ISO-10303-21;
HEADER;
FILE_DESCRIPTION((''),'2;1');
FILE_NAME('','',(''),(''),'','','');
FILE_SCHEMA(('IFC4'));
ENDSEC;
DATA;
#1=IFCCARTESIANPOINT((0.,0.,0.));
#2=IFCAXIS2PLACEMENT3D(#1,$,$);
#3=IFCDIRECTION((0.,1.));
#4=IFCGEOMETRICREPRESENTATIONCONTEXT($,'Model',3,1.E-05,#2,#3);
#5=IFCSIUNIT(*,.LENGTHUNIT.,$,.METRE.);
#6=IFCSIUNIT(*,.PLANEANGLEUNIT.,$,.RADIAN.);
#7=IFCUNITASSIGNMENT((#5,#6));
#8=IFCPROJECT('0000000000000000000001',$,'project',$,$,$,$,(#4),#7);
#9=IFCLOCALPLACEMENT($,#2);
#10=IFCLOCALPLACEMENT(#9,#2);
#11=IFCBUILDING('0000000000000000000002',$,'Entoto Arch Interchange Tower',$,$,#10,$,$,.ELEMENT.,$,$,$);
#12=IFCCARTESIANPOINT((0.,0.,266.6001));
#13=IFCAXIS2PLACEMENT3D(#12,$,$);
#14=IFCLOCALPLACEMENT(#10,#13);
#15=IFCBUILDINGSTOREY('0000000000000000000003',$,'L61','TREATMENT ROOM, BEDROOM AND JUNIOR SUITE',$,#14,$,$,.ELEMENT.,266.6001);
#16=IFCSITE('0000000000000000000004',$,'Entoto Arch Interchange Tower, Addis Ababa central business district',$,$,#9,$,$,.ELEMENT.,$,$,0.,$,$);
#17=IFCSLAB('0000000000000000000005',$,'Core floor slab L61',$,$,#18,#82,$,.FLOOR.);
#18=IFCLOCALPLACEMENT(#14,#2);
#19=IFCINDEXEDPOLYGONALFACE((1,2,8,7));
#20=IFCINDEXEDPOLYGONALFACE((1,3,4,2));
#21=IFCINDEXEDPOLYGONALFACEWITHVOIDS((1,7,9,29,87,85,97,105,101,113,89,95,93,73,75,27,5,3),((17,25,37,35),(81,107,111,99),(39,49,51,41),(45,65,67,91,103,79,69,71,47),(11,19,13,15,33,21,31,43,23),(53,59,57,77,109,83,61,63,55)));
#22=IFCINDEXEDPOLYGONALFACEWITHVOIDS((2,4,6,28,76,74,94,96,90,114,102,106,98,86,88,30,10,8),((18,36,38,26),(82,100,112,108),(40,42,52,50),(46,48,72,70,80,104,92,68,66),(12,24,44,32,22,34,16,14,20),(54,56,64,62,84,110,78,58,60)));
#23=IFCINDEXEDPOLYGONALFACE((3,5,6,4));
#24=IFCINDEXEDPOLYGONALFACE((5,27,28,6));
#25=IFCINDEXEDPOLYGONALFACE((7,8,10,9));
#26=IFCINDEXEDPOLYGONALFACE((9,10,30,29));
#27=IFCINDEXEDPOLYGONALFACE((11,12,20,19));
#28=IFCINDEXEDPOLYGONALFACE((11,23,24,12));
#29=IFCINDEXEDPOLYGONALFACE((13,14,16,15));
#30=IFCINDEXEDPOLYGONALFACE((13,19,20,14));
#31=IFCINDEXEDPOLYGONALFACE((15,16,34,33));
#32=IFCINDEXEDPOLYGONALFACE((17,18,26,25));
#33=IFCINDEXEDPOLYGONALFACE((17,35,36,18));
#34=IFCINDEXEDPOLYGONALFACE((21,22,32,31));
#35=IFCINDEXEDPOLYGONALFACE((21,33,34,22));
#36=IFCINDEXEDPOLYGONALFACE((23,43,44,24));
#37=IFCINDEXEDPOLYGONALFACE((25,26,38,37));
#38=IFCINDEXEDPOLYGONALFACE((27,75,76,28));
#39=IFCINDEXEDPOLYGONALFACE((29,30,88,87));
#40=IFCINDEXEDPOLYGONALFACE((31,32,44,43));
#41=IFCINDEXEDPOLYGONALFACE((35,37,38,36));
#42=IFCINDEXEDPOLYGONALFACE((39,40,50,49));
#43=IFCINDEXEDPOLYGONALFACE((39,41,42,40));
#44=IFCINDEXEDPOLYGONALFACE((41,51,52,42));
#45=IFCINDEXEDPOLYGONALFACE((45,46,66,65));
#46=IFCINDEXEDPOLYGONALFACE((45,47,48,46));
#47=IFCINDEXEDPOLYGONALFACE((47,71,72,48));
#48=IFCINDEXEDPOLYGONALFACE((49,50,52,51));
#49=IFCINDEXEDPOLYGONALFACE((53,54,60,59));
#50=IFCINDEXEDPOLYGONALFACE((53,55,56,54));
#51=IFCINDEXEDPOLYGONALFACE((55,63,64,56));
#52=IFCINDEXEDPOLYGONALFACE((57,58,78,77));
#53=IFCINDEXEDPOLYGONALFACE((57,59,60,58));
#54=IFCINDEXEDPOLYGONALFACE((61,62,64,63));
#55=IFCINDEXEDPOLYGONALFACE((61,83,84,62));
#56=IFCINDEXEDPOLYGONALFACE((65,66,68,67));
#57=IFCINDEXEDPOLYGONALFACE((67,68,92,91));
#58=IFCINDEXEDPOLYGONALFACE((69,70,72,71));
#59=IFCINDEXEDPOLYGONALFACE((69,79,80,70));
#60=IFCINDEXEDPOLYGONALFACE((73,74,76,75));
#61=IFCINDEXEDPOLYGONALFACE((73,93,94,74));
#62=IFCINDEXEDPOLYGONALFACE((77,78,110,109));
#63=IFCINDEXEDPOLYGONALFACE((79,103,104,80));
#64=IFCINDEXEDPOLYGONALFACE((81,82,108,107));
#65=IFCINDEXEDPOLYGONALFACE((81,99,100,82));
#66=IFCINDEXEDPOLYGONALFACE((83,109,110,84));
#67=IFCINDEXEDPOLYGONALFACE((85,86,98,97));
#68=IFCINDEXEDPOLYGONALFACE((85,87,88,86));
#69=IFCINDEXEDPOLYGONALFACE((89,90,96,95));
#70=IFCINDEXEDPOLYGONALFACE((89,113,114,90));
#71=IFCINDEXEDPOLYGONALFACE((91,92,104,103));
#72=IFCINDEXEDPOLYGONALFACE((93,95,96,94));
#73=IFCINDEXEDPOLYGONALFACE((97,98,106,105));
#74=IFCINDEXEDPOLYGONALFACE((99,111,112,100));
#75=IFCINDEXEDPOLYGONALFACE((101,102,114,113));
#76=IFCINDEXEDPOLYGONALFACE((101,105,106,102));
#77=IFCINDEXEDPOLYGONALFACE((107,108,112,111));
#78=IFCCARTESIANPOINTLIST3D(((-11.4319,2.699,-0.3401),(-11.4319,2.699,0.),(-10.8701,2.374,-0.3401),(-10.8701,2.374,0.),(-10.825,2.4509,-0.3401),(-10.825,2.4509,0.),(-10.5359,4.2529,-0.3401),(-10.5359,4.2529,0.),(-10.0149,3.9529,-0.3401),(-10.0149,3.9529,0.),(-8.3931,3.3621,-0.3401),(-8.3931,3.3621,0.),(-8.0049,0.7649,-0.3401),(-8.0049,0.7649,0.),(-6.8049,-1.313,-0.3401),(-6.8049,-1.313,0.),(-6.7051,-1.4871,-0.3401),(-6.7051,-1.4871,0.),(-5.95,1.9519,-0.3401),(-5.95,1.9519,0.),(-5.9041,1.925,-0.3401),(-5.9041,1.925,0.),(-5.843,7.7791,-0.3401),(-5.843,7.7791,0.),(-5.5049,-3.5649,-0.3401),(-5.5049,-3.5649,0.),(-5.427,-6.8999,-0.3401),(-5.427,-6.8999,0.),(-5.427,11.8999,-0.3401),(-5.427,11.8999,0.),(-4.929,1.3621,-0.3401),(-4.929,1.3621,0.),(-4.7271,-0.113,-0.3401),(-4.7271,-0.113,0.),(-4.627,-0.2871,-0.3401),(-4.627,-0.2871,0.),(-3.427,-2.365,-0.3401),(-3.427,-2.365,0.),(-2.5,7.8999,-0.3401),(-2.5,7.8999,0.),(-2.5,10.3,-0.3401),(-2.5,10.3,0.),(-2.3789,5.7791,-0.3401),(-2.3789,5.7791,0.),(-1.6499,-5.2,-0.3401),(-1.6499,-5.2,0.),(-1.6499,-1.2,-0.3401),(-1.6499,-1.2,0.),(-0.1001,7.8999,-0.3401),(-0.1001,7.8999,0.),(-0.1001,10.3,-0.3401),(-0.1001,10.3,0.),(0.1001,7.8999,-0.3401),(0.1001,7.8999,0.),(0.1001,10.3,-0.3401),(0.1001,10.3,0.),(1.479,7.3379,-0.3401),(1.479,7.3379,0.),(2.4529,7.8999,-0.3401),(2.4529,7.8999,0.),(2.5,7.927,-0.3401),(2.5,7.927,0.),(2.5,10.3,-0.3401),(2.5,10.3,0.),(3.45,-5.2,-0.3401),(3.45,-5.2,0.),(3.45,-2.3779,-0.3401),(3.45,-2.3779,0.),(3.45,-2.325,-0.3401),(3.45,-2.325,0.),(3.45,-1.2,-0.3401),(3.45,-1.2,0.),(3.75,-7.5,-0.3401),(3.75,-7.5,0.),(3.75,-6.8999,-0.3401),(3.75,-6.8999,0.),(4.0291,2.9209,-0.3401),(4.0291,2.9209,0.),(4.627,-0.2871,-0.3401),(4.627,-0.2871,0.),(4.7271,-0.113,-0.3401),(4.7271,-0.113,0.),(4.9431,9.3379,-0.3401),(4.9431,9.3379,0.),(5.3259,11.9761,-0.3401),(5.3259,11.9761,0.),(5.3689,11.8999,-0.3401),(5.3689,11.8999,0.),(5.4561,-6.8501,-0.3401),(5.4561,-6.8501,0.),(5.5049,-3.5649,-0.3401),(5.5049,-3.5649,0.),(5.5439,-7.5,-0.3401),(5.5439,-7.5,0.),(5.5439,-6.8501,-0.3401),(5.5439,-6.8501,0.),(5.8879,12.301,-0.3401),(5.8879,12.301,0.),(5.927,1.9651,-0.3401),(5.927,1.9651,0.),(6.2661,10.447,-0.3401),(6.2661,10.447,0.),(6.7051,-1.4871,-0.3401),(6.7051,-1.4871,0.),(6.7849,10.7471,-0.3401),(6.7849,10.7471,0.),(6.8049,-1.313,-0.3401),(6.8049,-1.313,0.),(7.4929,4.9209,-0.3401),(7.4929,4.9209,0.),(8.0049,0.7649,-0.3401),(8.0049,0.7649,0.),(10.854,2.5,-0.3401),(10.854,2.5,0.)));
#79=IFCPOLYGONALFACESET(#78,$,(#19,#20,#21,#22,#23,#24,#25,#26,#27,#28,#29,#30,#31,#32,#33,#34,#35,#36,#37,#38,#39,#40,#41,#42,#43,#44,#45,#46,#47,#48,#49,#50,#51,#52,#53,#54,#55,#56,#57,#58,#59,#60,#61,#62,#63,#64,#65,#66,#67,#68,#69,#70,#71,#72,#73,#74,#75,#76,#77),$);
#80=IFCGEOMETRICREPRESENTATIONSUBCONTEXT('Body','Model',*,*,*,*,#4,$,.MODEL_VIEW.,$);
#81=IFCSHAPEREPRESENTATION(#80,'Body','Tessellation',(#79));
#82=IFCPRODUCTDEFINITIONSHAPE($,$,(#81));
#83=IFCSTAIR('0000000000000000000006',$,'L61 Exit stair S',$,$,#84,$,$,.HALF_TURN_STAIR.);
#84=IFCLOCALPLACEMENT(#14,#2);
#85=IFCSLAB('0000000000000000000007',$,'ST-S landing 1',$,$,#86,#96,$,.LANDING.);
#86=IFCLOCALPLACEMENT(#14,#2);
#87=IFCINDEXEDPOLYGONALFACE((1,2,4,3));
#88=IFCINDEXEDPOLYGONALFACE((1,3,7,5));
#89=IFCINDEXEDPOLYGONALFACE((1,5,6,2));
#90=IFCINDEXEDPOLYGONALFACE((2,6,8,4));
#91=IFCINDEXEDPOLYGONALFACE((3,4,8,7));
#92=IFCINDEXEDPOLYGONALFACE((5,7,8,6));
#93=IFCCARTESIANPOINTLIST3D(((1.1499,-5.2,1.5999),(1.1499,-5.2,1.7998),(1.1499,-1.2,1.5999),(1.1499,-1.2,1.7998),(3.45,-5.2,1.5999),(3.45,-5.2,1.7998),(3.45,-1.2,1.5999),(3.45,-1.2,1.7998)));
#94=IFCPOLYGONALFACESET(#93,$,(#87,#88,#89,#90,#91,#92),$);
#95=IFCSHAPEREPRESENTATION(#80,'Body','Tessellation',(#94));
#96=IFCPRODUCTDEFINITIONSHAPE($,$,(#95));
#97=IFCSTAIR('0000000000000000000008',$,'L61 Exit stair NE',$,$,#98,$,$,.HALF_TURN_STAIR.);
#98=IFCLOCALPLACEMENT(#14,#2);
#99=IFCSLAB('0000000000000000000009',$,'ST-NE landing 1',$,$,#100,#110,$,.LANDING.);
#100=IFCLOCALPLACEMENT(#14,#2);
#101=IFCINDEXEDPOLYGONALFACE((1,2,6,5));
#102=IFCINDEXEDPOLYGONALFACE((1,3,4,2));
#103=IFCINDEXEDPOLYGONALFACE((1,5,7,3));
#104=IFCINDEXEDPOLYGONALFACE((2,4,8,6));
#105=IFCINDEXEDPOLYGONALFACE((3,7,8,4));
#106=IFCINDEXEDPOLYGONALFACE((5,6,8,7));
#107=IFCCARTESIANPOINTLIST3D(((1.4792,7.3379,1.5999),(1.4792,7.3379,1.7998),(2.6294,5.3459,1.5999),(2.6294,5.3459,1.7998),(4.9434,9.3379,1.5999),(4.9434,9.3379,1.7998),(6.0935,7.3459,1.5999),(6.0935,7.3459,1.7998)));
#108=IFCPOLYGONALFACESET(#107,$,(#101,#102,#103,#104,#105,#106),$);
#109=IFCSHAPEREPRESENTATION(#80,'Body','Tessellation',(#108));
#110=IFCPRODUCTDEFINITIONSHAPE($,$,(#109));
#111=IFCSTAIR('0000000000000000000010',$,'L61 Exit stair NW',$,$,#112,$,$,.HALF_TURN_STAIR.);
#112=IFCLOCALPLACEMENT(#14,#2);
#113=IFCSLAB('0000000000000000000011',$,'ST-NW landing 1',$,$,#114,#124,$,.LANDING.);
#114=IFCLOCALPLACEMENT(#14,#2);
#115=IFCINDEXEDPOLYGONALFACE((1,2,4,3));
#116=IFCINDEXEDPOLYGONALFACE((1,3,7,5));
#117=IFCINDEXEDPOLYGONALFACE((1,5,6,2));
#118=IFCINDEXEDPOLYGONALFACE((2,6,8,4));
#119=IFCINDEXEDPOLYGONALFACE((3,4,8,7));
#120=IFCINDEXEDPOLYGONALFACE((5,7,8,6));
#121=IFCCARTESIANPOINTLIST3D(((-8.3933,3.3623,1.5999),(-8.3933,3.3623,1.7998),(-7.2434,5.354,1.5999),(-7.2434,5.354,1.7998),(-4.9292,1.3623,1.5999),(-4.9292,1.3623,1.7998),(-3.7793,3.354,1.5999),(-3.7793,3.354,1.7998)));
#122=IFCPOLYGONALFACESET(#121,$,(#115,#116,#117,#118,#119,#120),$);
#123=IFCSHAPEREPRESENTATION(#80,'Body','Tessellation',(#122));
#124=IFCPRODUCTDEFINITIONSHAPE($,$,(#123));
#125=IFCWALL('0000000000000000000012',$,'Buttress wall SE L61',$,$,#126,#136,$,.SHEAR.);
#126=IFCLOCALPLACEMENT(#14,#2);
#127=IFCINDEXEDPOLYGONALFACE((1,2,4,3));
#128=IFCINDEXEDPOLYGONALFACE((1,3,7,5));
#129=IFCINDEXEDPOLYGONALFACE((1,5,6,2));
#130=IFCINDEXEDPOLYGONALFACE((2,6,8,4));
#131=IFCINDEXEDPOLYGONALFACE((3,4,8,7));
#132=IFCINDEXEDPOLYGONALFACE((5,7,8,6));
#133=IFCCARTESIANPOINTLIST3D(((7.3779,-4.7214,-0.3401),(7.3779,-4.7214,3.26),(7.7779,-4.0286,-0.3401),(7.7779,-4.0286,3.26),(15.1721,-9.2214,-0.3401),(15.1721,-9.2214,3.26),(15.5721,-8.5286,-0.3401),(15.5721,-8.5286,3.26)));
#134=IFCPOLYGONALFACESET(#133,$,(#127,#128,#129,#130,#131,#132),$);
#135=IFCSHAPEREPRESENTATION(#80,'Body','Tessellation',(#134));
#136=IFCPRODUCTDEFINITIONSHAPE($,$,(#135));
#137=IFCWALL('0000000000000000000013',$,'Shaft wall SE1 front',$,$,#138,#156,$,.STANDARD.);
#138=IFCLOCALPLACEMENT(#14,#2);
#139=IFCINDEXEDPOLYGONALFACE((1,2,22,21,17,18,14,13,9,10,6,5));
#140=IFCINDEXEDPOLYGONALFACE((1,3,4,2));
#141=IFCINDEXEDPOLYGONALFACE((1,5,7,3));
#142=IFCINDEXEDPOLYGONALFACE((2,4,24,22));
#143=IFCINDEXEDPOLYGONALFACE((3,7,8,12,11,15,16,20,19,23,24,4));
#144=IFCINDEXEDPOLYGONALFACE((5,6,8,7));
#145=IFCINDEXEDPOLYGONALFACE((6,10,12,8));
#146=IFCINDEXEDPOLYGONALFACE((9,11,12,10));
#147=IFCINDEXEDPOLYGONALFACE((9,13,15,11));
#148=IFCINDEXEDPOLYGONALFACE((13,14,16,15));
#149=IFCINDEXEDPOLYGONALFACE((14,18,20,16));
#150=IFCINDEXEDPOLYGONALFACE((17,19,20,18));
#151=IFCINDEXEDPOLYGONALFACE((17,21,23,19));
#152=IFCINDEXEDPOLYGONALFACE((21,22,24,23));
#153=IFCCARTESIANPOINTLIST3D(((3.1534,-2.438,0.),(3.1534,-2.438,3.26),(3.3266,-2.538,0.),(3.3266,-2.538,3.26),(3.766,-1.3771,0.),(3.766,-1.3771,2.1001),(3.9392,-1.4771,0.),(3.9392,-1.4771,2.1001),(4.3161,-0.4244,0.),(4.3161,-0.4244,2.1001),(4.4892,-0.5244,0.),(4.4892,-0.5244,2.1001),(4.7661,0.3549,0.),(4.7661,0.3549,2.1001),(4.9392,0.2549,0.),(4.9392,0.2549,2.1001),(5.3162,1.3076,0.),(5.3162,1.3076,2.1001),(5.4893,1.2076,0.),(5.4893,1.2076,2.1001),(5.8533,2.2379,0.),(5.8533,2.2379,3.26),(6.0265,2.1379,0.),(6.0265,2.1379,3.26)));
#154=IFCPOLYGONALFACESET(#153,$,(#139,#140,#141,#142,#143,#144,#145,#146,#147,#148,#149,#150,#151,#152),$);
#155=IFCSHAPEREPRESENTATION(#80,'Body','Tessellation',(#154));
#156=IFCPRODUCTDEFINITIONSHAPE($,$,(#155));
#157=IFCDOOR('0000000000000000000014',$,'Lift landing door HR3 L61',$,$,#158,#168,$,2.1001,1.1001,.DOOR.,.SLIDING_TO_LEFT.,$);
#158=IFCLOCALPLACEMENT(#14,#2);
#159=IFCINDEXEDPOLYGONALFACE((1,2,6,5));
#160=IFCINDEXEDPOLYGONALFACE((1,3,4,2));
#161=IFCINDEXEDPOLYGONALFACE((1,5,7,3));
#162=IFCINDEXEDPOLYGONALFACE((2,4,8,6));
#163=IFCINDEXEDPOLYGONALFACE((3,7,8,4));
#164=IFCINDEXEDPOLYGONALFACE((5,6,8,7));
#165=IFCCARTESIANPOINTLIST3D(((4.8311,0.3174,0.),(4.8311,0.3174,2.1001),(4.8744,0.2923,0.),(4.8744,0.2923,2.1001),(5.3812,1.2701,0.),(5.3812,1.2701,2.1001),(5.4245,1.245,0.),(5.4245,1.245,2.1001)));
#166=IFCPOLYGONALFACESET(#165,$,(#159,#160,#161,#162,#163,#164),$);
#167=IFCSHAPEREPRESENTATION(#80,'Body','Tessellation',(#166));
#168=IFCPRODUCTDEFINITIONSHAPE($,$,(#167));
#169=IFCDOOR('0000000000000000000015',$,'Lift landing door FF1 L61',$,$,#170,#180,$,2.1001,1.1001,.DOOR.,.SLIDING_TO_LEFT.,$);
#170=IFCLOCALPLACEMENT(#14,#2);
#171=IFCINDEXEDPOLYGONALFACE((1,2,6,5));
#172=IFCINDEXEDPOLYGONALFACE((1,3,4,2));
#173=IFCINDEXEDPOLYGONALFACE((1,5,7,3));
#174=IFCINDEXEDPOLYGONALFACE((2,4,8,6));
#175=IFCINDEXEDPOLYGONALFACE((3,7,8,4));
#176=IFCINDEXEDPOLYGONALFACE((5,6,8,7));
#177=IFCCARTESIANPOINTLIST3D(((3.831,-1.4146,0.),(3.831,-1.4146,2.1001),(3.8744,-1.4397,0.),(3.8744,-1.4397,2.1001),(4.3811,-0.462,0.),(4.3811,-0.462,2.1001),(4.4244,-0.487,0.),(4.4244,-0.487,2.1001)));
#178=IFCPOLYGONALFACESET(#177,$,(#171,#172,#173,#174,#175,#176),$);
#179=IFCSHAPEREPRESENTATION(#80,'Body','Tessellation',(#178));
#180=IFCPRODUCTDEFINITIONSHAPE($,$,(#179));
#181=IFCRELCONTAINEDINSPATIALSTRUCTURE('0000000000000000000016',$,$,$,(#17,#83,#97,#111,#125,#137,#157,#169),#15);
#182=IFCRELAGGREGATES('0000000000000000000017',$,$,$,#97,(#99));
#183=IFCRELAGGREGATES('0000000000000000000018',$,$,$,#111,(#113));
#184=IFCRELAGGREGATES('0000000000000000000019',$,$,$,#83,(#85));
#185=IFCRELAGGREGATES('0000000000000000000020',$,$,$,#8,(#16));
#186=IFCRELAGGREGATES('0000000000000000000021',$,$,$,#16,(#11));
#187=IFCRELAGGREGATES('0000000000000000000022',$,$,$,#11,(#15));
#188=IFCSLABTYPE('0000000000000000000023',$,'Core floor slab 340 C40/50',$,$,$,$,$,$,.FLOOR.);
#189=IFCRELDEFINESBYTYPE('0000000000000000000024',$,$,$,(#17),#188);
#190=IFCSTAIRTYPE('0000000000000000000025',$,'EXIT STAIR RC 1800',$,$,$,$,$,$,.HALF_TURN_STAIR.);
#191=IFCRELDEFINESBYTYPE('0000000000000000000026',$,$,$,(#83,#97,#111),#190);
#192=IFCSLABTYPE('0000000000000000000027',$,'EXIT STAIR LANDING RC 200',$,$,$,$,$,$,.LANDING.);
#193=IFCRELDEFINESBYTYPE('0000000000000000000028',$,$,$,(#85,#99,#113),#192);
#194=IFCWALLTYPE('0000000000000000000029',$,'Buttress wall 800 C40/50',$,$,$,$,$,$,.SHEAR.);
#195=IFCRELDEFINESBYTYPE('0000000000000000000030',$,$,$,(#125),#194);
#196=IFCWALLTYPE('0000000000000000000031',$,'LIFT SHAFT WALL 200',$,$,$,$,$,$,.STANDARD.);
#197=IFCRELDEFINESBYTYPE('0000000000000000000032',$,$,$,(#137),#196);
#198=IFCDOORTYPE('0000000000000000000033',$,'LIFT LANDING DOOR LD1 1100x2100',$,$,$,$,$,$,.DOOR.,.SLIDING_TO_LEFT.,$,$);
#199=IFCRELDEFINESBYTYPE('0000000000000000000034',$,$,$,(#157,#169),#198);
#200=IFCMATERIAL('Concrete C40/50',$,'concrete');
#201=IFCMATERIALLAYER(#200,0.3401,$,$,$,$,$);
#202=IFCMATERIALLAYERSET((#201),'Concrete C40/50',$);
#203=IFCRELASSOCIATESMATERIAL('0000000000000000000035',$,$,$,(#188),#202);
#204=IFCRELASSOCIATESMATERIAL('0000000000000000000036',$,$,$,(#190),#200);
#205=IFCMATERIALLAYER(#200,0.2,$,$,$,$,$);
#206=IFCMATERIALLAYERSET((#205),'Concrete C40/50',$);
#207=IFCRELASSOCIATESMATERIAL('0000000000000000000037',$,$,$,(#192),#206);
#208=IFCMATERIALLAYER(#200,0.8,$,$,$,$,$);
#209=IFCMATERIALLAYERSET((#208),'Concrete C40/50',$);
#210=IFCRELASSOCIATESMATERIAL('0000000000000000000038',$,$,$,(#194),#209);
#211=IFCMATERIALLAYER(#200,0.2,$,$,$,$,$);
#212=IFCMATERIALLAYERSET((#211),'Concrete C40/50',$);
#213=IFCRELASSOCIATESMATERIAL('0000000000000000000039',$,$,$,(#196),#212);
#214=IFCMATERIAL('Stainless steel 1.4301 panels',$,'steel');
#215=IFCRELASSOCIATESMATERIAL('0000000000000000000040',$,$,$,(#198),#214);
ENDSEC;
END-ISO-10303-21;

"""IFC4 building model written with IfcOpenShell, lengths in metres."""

from ifc_helpers import new_model, si_unit, direction, frame, frame_2d, origin, place, context, subcontext, project, spatial, polyline, rectangle, outline, extrude, material, layer, layer_set, type_object, element, fill, aggregate, save


model = new_model("IFC4")

# Units and contexts
model_context = context("Model", 3, precision=1e-05, world=origin(), true_north=direction((0.0, 1.0)))
body_context = subcontext(model_context, "Body", "Model", "MODEL_VIEW")
ifc_project = project(units=[si_unit("LENGTHUNIT", "METRE"), si_unit("PLANEANGLEUNIT", "RADIAN")], contexts=[model_context])

# Site, building, storey
site_placement = place(None, origin())
site = spatial("IfcSite", under=ifc_project, at=site_placement, Name="Entoto Arch Interchange Tower, Addis Ababa central business district", CompositionType="ELEMENT", RefElevation=0.0)
building_placement = place(site_placement, origin())
building = spatial("IfcBuilding", under=site, at=building_placement, Name="Entoto Arch Interchange Tower", CompositionType="ELEMENT")
storey_placement = place(building_placement, frame((0.0, 0.0, 266.6001)))
storey = spatial("IfcBuildingStorey", under=building, at=storey_placement, Name="L61", Description="TREATMENT ROOM, BEDROOM AND JUNIOR SUITE", CompositionType="ELEMENT", Elevation=266.6001)

# Slab
ifc_material_1 = material(Name="Concrete C40/50", Category="concrete")
ifc_layer_1 = layer(ifc_material_1, 0.3401)
ifc_layer_set_1 = layer_set([ifc_layer_1], Name="Concrete C40/50")
slab_type_1 = type_object("IfcSlabType", Name="Core floor slab 340 C40/50", PredefinedType="FLOOR", material=ifc_layer_set_1)
slab_1_placement = place(storey_placement, frame((0.0, 0.0, -0.3401)))
element("IfcSlab", 1, at=slab_1_placement, inside=storey, type_object=slab_type_1, Name="Core floor slab L61", PredefinedType="FLOOR", context=body_context, shape_type="SweptSolid", body=[
    extrude(outline(polyline([(-10.825, 2.4509), (-10.8701, 2.374), (-11.4319, 2.699), (-10.5359, 4.2529), (-10.0149, 3.9529), (-5.427, 11.8999), (5.3689, 11.8999), (5.3259, 11.9761), (5.8879, 12.301), (6.7849, 10.7471), (6.2661, 10.447), (10.854, 2.5), (5.4561, -6.8501), (5.5439, -6.8501), (5.5439, -7.5), (3.75, -7.5), (3.75, -6.8999), (-5.427, -6.8999), (-10.825, 2.4509)]), holes=[polyline([(-1.6499, -5.2), (3.45, -5.2), (3.45, -2.3779), (5.5049, -3.5649), (6.7051, -1.4871), (4.627, -0.2871), (3.45, -2.325), (3.45, -1.2), (-1.6499, -1.2), (-1.6499, -5.2)]), polyline([(-4.627, -0.2871), (-6.7051, -1.4871), (-5.5049, -3.5649), (-3.427, -2.365), (-4.627, -0.2871)]), polyline([(-5.9041, 1.925), (-4.929, 1.3621), (-2.3789, 5.7791), (-5.843, 7.7791), (-8.3931, 3.3621), (-5.95, 1.9519), (-8.0049, 0.7649), (-6.8049, -1.313), (-4.7271, -0.113), (-5.9041, 1.925)]), polyline([(4.7271, -0.113), (6.8049, -1.313), (8.0049, 0.7649), (5.927, 1.9651), (4.7271, -0.113)]), polyline([(2.5, 7.927), (2.5, 10.3), (0.1001, 10.3), (0.1001, 7.8999), (2.4529, 7.8999), (1.479, 7.3379), (4.0291, 2.9209), (7.4929, 4.9209), (4.9431, 9.3379), (2.5, 7.927)]), polyline([(-2.5, 7.8999), (-0.1001, 7.8999), (-0.1001, 10.3), (-2.5, 10.3), (-2.5, 7.8999)])]), origin(), (0.0, 0.0, 1.0), 0.3401),
])

# Stairs, slabs
stair_type = type_object("IfcStairType", Name="EXIT STAIR RC 1800", PredefinedType="HALF_TURN_STAIR", material=ifc_material_1)
stair_1_placement = place(storey_placement, origin())
stair_1 = element("IfcStair", 2, at=stair_1_placement, inside=storey, type_object=stair_type, Name="L61 Exit stair S", PredefinedType="HALF_TURN_STAIR")
ifc_layer_2 = layer(ifc_material_1, 0.2)
ifc_layer_set_2 = layer_set([ifc_layer_2], Name="Concrete C40/50")
slab_type_2 = type_object("IfcSlabType", Name="EXIT STAIR LANDING RC 200", PredefinedType="LANDING", material=ifc_layer_set_2)
slab_2_placement = place(storey_placement, frame((0.0, 0.0, 1.5999)))
slab_2 = element("IfcSlab", 3, at=slab_2_placement, type_object=slab_type_2, Name="ST-S landing 1", PredefinedType="LANDING", context=body_context, shape_type="SweptSolid", body=[
    extrude(outline(polyline([(1.1499, -5.2), (3.45, -5.2), (3.45, -1.2), (1.1499, -1.2), (1.1499, -5.2)])), origin(), (0.0, 0.0, 1.0), 0.2),
])
stair_2_placement = place(storey_placement, origin())
stair_2 = element("IfcStair", 4, at=stair_2_placement, inside=storey, type_object=stair_type, Name="L61 Exit stair NE", PredefinedType="HALF_TURN_STAIR")
slab_3_placement = place(storey_placement, frame((0.0, 0.0, 1.5999)))
slab_3 = element("IfcSlab", 5, at=slab_3_placement, type_object=slab_type_2, Name="ST-NE landing 1", PredefinedType="LANDING", context=body_context, shape_type="SweptSolid", body=[
    extrude(outline(polyline([(6.0935, 7.3459), (4.9434, 9.3379), (1.4792, 7.3379), (2.6294, 5.3459), (6.0935, 7.3459)])), origin(), (0.0, 0.0, 1.0), 0.2),
])
aggregate(stair_2, [slab_3])
stair_3_placement = place(storey_placement, origin())
stair_3 = element("IfcStair", 6, at=stair_3_placement, inside=storey, type_object=stair_type, Name="L61 Exit stair NW", PredefinedType="HALF_TURN_STAIR")
slab_4_placement = place(storey_placement, frame((0.0, 0.0, 1.5999)))
slab_4 = element("IfcSlab", 7, at=slab_4_placement, type_object=slab_type_2, Name="ST-NW landing 1", PredefinedType="LANDING", context=body_context, shape_type="SweptSolid", body=[
    extrude(outline(polyline([(-7.2434, 5.354), (-8.3933, 3.3623), (-4.9292, 1.3623), (-3.7793, 3.354), (-7.2434, 5.354)])), origin(), (0.0, 0.0, 1.0), 0.2),
])
aggregate(stair_3, [slab_4])

# Wall
ifc_layer_3 = layer(ifc_material_1, 0.8)
ifc_layer_set_3 = layer_set([ifc_layer_3], Name="Concrete C40/50")
wall_type_1 = type_object("IfcWallType", Name="Buttress wall 800 C40/50", PredefinedType="SHEAR", material=ifc_layer_set_3)
wall_1_placement = place(storey_placement, frame((7.5779, -4.375, -0.3401), z_axis=(0.0, 0.0, 1.0), x_axis=(0.866024, -0.500002, 0.0)))
element("IfcWall", 8, at=wall_1_placement, inside=storey, type_object=wall_type_1, Name="Buttress wall SE L61", PredefinedType="SHEAR", context=body_context, shape_type="SweptSolid", body=[
    extrude(rectangle(XDim=9.0, YDim=0.8, at=frame_2d((4.5, 0.0))), origin(), (0.0, 0.0, 1.0), 3.6001),
])

# Wall, openings, doors
ifc_layer_4 = layer(ifc_material_1, 0.2)
ifc_layer_set_4 = layer_set([ifc_layer_4], Name="Concrete C40/50")
wall_type_2 = type_object("IfcWallType", Name="LIFT SHAFT WALL 200", PredefinedType="STANDARD", material=ifc_layer_set_4)
wall_2_placement = place(storey_placement, frame((3.24, -2.488, 0.0), z_axis=(0.0, 0.0, 1.0), x_axis=(0.500034, 0.866006, 0.0)))
wall_2 = element("IfcWall", 9, at=wall_2_placement, inside=storey, type_object=wall_type_2, Name="Shaft wall SE1 front", PredefinedType="STANDARD", context=body_context, shape_type="SweptSolid", body=[
    extrude(rectangle(XDim=5.3994, YDim=0.2, at=frame_2d((2.6997, 0.0))), origin(), (0.0, 0.0, 1.0), 3.26),
])
opening_1_placement = place(wall_2_placement, frame((3.2251, 0.0, 0.0)))
opening_1 = element("IfcOpeningElement", 10, at=opening_1_placement, cuts=wall_2, PredefinedType="OPENING", context=body_context, shape_type="SweptSolid", body=[
    extrude(rectangle(XDim=1.1001, YDim=2.1001, at=frame_2d((0.55, 1.05))), frame((0.0, 0.1099, 0.0), z_axis=(0.0, -1.0, 0.0), x_axis=(1.0, 0.0, 0.0)), (0.0, 0.0, 1.0), 0.22),
])
opening_2_placement = place(wall_2_placement, frame((1.2251, 0.0, 0.0)))
opening_2 = element("IfcOpeningElement", 11, at=opening_2_placement, cuts=wall_2, PredefinedType="OPENING", context=body_context, shape_type="SweptSolid", body=[
    extrude(rectangle(XDim=1.1001, YDim=2.1001, at=frame_2d((0.55, 1.05))), frame((0.0, 0.1099, 0.0), z_axis=(0.0, -1.0, 0.0), x_axis=(1.0, 0.0, 0.0)), (0.0, 0.0, 1.0), 0.22),
])
ifc_material_2 = material(Name="Stainless steel 1.4301 panels", Category="steel")
door_type_1 = type_object("IfcDoorType", Name="LIFT LANDING DOOR LD1 1100x2100", OperationType="SLIDING_TO_LEFT", PredefinedType="DOOR", material=ifc_material_2)
door_1_placement = place(opening_1_placement, origin())
door_1 = element("IfcDoor", 12, at=door_1_placement, inside=storey, type_object=door_type_1, Name="Lift landing door HR3 L61", OperationType="SLIDING_TO_LEFT", OverallHeight=2.1001, OverallWidth=1.1001, PredefinedType="DOOR", context=body_context, shape_type="SweptSolid", body=[
    extrude(rectangle(XDim=1.1001, YDim=2.1001, at=frame_2d((0.55, 1.05))), frame((0.0, 0.0249, 0.0), z_axis=(0.0, -1.0, 0.0), x_axis=(1.0, 0.0, 0.0)), (0.0, 0.0, 1.0), 0.05),
])
fill(opening_1, door_1)
door_2_placement = place(opening_2_placement, origin())
door_2 = element("IfcDoor", 13, at=door_2_placement, inside=storey, type_object=door_type_1, Name="Lift landing door FF1 L61", OperationType="SLIDING_TO_LEFT", OverallHeight=2.1001, OverallWidth=1.1001, PredefinedType="DOOR", context=body_context, shape_type="SweptSolid", body=[
    extrude(rectangle(XDim=1.1001, YDim=2.1001, at=frame_2d((0.55, 1.05))), frame((0.0, 0.0249, 0.0), z_axis=(0.0, -1.0, 0.0), x_axis=(1.0, 0.0, 0.0)), (0.0, 0.0, 1.0), 0.05),
])
fill(opening_2, door_2)

aggregate(stair_1, [slab_2])

save(model, "model.ifc")
